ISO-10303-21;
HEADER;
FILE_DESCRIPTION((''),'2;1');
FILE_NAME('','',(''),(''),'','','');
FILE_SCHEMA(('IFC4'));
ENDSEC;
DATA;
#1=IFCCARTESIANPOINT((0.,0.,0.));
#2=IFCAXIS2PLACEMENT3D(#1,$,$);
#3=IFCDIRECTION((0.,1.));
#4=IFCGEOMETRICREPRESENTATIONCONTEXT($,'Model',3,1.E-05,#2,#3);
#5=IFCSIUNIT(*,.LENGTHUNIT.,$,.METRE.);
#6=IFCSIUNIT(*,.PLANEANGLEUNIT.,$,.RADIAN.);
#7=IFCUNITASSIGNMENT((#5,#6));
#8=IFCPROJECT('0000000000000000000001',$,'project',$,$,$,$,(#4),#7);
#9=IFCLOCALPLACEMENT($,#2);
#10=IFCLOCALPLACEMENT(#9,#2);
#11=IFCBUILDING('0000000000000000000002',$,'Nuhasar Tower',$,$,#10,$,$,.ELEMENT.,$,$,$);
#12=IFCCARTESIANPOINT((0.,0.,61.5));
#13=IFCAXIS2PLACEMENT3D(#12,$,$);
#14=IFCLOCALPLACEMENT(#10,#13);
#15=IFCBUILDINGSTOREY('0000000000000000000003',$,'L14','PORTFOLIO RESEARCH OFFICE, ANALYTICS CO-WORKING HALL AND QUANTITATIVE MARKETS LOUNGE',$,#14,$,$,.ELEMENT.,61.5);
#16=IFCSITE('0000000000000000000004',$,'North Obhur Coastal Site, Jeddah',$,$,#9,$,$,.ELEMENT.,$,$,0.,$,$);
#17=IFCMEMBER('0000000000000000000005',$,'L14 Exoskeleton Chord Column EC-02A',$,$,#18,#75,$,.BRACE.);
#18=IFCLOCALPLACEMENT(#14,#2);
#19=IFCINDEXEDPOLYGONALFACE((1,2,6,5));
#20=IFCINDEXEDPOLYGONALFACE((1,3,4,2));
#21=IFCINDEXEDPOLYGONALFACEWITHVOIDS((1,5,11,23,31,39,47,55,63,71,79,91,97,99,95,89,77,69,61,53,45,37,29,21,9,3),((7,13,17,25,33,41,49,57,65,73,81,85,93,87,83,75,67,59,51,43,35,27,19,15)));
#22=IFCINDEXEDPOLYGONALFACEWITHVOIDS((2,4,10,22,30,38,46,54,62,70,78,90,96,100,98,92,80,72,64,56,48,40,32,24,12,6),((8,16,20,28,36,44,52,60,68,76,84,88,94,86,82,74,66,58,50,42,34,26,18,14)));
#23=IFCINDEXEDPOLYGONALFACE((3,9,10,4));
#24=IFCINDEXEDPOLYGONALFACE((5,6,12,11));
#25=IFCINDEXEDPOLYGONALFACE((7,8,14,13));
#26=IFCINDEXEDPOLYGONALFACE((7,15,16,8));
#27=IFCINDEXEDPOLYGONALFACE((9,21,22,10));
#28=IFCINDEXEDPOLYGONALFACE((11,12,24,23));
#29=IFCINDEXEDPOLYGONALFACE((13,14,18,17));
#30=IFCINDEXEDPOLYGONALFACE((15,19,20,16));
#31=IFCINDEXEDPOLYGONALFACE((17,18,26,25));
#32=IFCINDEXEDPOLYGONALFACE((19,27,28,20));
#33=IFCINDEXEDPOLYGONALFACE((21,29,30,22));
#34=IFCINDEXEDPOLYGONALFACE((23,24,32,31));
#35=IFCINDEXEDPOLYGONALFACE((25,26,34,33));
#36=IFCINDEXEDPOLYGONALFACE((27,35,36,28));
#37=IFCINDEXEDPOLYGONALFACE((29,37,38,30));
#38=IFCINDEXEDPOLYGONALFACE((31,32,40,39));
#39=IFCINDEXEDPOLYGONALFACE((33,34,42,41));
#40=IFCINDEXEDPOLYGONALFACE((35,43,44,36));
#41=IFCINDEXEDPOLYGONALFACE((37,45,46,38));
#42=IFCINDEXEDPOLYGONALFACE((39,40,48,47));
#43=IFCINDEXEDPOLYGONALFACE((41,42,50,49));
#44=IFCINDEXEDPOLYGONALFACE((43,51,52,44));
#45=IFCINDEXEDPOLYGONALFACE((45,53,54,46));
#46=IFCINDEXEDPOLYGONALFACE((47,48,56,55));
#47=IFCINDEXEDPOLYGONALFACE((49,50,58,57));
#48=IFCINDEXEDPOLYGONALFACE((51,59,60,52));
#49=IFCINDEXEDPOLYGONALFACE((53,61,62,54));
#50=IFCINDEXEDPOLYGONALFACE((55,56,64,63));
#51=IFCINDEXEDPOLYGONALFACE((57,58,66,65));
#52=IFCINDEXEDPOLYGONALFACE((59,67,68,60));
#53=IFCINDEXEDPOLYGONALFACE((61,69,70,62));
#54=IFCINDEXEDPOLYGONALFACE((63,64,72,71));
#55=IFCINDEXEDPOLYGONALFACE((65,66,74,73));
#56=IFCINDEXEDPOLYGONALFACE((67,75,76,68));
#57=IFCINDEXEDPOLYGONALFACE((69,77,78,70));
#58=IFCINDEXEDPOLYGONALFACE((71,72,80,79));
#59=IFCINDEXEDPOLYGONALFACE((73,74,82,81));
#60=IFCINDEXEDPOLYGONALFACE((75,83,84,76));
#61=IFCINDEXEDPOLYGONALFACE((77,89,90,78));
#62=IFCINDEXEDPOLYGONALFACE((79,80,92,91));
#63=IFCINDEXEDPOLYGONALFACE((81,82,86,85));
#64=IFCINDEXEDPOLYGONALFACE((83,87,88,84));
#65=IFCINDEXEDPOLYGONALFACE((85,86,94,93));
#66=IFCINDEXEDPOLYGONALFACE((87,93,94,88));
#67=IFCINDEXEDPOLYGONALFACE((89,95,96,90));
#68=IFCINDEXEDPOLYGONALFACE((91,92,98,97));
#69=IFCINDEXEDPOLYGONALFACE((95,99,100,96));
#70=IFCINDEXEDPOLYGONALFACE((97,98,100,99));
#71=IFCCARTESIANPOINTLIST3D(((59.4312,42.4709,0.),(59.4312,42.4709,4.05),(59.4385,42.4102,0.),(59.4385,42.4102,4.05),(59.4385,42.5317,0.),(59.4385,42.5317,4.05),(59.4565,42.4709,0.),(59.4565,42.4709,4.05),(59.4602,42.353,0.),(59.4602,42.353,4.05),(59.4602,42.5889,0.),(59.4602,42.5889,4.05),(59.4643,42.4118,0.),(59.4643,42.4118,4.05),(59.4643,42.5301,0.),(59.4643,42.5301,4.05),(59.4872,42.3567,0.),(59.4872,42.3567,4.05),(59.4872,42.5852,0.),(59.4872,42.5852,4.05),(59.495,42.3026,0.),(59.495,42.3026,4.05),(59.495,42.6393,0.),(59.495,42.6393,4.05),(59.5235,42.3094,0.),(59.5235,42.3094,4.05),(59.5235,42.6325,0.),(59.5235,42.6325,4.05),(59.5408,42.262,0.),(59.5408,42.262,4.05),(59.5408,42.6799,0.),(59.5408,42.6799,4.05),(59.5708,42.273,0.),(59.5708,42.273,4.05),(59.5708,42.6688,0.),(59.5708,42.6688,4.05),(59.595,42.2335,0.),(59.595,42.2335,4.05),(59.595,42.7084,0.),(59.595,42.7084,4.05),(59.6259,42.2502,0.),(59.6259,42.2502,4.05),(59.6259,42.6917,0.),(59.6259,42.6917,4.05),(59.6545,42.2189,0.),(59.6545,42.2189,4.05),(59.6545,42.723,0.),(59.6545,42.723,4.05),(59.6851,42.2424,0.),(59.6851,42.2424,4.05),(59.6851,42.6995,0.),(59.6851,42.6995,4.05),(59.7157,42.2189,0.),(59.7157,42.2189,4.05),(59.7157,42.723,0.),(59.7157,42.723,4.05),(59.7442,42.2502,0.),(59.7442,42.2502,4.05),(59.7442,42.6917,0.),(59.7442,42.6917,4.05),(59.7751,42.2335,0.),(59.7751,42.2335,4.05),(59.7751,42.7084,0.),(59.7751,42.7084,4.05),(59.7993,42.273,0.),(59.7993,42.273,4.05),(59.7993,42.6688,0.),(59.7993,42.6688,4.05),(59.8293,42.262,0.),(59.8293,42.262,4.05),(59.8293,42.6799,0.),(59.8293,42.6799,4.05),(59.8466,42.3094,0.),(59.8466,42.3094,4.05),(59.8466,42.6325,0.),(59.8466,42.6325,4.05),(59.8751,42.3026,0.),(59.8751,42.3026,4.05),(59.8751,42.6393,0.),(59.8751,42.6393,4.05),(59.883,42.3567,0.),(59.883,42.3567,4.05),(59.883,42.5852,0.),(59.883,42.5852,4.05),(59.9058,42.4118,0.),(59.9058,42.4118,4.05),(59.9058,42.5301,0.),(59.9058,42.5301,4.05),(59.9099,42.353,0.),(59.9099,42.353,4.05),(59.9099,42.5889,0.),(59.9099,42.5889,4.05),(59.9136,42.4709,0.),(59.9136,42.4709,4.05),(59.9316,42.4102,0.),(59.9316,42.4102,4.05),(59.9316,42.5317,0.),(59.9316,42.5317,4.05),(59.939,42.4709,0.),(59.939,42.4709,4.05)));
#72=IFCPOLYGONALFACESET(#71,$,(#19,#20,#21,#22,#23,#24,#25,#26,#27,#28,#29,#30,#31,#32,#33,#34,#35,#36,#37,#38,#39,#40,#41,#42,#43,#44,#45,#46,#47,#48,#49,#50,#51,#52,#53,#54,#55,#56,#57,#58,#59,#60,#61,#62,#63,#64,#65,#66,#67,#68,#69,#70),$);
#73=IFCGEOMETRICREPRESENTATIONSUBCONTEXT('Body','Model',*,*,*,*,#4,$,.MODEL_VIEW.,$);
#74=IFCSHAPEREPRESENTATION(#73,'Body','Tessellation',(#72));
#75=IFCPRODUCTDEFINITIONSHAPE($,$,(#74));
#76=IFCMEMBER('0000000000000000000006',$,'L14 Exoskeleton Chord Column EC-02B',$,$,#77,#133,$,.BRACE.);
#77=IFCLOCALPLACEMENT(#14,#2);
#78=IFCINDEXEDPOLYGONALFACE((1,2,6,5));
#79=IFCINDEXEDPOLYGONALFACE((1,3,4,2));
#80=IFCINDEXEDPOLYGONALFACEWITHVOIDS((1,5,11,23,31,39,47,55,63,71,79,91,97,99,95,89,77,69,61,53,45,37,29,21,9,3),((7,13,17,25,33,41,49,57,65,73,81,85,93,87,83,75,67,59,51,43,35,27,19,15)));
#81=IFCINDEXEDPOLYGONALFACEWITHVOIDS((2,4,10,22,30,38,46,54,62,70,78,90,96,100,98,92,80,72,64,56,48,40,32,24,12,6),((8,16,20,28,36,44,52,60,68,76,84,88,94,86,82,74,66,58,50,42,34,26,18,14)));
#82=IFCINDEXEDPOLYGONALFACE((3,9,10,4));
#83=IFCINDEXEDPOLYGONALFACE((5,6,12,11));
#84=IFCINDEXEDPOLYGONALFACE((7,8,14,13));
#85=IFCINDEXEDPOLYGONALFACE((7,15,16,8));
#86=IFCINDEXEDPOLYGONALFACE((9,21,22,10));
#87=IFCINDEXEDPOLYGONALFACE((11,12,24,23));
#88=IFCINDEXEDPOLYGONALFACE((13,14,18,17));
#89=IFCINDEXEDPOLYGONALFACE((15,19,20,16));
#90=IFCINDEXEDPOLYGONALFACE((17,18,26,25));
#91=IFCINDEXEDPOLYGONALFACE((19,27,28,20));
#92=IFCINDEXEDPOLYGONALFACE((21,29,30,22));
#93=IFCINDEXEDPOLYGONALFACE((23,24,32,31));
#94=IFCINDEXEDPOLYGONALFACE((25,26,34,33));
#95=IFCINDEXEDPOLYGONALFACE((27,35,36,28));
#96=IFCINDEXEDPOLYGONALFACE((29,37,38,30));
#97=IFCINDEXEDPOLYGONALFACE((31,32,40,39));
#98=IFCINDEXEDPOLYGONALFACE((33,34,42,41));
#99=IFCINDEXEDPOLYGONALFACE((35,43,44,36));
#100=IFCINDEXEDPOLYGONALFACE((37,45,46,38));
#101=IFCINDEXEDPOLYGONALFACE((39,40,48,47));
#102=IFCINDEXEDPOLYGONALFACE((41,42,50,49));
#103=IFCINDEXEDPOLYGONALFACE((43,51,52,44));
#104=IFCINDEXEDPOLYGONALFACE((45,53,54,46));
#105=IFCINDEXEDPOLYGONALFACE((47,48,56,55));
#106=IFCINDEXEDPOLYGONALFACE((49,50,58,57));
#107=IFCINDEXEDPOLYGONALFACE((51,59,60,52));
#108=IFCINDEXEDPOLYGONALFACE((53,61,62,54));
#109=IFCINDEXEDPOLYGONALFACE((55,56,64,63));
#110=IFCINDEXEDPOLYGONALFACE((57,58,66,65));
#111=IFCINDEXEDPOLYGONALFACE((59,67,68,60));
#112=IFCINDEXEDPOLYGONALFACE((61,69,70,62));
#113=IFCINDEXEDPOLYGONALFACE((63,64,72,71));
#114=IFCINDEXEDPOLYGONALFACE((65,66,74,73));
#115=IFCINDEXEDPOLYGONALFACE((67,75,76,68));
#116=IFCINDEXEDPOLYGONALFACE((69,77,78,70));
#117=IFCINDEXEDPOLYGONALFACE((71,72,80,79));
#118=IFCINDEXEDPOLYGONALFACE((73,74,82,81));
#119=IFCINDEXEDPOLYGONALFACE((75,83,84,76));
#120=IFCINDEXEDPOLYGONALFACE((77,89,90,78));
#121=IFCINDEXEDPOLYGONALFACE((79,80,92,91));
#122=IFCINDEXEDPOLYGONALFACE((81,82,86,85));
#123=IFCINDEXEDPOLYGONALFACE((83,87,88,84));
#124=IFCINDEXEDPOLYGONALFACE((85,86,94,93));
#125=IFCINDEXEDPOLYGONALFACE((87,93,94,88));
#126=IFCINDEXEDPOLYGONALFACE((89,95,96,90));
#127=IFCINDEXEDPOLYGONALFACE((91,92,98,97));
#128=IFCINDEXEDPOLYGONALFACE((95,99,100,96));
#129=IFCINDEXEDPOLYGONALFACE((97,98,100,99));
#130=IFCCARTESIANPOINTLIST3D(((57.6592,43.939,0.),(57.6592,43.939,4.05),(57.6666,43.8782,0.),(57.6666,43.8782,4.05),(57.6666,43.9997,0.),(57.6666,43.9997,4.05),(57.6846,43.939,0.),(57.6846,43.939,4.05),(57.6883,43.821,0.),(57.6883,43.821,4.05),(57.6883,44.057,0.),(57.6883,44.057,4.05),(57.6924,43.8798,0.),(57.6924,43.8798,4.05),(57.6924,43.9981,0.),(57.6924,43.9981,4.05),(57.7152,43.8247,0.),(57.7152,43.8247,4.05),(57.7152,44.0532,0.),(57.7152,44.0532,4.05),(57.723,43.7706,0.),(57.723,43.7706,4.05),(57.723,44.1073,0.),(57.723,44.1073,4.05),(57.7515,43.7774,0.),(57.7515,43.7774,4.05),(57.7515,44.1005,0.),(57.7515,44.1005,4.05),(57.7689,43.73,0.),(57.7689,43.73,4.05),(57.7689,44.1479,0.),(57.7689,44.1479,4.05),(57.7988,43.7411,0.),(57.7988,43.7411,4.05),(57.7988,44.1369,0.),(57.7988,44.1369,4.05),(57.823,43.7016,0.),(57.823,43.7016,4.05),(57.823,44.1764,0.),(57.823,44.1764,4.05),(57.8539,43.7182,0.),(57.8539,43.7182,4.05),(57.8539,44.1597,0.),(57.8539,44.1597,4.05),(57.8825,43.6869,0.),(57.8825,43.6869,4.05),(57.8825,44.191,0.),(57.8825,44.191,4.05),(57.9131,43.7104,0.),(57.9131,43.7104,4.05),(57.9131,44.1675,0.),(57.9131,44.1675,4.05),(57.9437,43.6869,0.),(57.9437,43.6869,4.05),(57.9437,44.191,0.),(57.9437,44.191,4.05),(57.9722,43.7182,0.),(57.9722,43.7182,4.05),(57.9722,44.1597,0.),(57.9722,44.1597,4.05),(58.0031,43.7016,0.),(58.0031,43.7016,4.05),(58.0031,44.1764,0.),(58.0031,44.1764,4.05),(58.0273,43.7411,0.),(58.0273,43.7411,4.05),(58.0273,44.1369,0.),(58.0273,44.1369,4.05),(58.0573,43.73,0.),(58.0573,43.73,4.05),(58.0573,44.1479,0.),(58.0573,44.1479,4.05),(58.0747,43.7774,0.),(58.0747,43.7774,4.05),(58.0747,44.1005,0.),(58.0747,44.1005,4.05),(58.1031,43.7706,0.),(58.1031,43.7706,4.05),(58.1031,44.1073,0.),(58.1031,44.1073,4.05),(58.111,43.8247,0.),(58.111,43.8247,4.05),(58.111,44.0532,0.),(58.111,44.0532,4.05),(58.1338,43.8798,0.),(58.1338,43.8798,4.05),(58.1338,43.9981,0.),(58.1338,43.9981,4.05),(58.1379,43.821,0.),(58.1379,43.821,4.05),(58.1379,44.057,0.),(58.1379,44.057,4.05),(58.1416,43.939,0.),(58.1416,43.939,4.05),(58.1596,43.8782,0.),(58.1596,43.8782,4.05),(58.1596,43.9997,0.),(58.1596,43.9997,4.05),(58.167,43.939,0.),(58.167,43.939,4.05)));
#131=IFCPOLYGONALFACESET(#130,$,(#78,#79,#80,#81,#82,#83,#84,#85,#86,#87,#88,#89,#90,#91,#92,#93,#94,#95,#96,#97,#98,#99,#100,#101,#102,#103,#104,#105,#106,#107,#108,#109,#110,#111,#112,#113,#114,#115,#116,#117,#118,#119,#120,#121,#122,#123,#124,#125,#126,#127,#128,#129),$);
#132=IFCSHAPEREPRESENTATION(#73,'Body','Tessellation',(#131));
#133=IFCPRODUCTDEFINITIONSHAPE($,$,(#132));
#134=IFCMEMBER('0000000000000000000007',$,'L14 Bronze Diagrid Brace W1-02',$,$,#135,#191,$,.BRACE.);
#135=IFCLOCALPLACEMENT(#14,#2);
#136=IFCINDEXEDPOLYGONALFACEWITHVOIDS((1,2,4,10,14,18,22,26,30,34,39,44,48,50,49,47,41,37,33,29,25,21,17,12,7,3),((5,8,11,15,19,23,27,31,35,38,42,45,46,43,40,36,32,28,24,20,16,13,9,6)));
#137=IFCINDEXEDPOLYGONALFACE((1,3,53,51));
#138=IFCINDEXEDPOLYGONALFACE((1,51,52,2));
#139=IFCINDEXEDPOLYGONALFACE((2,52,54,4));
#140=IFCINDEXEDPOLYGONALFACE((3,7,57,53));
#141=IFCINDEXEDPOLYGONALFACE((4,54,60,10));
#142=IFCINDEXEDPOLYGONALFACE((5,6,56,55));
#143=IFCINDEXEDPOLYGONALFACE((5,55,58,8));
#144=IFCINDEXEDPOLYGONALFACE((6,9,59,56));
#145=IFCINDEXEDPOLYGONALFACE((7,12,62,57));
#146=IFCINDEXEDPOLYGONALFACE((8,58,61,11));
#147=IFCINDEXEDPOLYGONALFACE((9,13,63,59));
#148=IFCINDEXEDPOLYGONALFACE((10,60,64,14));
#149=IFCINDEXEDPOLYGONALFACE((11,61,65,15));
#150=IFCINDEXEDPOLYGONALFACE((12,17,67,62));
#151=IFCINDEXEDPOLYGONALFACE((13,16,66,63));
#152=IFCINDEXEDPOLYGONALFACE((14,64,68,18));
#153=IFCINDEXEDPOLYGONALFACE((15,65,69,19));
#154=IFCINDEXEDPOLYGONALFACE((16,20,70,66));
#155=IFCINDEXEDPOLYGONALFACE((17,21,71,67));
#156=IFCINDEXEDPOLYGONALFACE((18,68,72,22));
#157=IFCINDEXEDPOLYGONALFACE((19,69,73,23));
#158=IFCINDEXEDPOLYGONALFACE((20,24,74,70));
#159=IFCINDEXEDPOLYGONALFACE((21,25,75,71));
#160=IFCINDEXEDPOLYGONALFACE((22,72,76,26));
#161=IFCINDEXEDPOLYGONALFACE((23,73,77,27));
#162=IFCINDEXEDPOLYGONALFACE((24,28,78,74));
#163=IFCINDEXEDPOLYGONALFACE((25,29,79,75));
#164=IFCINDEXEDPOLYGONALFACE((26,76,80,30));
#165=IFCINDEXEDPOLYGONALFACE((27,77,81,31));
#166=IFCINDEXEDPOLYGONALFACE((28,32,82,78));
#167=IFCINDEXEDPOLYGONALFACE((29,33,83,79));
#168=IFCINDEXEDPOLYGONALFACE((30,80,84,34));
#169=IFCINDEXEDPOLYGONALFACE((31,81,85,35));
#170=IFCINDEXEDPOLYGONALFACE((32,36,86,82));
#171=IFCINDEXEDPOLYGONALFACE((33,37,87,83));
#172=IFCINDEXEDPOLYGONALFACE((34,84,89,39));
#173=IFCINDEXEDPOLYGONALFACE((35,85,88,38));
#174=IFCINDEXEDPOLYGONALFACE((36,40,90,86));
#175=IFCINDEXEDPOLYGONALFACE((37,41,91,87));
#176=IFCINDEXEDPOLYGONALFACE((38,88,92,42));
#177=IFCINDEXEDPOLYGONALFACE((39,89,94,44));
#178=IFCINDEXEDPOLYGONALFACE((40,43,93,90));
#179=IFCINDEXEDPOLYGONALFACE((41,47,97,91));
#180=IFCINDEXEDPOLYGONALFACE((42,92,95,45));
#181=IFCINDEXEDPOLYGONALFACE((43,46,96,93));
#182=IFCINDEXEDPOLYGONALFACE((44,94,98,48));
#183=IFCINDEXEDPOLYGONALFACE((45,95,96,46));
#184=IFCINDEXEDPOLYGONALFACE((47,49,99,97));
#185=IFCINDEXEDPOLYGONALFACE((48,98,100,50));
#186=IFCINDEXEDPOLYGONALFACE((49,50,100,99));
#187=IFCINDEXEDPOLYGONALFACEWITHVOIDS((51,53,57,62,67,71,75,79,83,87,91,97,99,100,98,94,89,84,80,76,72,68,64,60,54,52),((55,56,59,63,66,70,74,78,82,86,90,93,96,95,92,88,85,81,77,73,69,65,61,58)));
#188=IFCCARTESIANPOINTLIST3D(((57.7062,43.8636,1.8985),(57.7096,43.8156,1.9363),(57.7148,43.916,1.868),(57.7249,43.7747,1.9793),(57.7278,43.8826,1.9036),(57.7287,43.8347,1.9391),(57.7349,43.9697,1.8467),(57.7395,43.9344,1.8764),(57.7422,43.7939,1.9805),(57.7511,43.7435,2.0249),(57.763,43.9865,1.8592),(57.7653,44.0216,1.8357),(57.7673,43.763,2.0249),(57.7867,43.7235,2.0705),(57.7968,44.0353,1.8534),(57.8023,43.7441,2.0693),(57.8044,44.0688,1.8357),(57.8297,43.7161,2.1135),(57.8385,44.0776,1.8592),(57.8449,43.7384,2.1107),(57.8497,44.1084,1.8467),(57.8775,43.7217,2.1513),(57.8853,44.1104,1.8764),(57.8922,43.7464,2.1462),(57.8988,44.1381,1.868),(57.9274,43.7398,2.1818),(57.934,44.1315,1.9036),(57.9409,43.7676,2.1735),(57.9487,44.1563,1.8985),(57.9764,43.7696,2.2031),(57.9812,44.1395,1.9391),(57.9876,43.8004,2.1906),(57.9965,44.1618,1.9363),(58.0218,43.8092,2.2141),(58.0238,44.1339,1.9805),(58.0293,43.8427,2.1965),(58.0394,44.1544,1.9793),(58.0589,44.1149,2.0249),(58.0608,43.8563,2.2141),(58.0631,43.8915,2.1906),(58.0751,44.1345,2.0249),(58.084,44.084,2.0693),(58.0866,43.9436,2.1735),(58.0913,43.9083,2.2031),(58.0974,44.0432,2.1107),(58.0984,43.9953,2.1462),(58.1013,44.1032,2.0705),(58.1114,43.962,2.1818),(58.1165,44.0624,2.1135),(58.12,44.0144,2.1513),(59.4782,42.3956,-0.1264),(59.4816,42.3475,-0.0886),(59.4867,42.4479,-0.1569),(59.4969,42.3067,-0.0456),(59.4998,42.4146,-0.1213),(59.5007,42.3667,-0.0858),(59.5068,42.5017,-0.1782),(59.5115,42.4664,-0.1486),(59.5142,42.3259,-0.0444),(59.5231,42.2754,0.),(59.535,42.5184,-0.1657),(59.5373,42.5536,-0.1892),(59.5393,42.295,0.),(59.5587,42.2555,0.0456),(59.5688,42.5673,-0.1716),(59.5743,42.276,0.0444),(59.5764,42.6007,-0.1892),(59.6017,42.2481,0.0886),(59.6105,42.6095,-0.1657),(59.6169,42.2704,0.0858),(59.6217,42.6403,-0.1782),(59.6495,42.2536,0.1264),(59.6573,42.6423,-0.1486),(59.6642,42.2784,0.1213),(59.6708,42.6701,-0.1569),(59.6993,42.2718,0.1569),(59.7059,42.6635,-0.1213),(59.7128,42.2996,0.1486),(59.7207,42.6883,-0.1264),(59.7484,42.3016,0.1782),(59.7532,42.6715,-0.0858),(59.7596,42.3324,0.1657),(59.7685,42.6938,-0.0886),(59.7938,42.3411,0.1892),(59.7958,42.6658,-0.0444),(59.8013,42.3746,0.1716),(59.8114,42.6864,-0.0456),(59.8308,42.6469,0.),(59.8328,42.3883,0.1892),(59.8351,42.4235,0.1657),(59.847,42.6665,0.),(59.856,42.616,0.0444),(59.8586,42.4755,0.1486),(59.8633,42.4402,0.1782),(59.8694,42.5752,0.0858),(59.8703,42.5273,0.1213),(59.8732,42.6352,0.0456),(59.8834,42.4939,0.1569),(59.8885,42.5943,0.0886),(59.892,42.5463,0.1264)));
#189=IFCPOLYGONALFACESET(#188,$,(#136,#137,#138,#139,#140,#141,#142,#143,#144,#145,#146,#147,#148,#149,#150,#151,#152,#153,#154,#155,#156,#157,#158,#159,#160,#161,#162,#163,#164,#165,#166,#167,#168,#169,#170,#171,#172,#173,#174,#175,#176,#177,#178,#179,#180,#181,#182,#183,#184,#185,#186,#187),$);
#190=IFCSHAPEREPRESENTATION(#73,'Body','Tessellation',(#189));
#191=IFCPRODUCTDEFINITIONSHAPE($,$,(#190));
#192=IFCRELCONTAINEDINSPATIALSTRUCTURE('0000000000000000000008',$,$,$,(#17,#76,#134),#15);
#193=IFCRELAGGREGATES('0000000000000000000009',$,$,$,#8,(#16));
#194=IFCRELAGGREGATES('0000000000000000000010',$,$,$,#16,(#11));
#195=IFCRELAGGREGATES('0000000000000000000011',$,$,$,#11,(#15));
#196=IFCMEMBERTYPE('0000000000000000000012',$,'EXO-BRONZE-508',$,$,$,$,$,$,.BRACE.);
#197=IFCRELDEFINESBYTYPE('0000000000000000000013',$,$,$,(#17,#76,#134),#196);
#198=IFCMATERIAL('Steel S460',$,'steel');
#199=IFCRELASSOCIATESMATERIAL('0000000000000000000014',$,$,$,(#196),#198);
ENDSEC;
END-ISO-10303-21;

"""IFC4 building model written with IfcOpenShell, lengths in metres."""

from ifc_helpers import new_model, si_unit, direction, frame, origin, origin_2d, place, context, subcontext, project, spatial, hollow_circle, extrude, material, material_profile, profile_set, type_object, element, save


model = new_model("IFC4")

# Units and contexts
model_context = context("Model", 3, precision=1e-05, world=origin(), true_north=direction((0.0, 1.0)))
body_context = subcontext(model_context, "Body", "Model", "MODEL_VIEW")
ifc_project = project(units=[si_unit("LENGTHUNIT", "METRE"), si_unit("PLANEANGLEUNIT", "RADIAN")], contexts=[model_context])

# Site, building, storey
site_placement = place(None, origin())
site = spatial("IfcSite", under=ifc_project, at=site_placement, Name="North Obhur Coastal Site, Jeddah", CompositionType="ELEMENT", RefElevation=0.0)
building_placement = place(site_placement, origin())
building = spatial("IfcBuilding", under=site, at=building_placement, Name="Nuhasar Tower", CompositionType="ELEMENT")
storey_placement = place(building_placement, frame((0.0, 0.0, 61.5)))
storey = spatial("IfcBuildingStorey", under=building, at=storey_placement, Name="L14", Description="PORTFOLIO RESEARCH OFFICE, ANALYTICS CO-WORKING HALL AND QUANTITATIVE MARKETS LOUNGE", CompositionType="ELEMENT", Elevation=61.5)

# Members
ifc_material_1 = material(Name="Steel S460", Category="steel")
ifc_material_profile_1 = material_profile(ifc_material_1, hollow_circle(Radius=0.2539, WallThickness=0.0254, at=origin_2d()), Name="HSS508X25.4")
ifc_profile_set_1 = profile_set([ifc_material_profile_1], Name="Steel S460")
member_type_1 = type_object("IfcMemberType", Name="EXO-BRONZE-508", PredefinedType="BRACE", material=ifc_profile_set_1)
for number, where, z_axis, x_axis, name in (
    (1, (59.6851, 42.4709, 0.0), (0.0, 0.0, 1.0), (1.0, 0.0, 0.0), "L14 Exoskeleton Chord Column EC-02A"),
    (2, (57.9131, 43.939, 0.0), (0.0, 0.0, 1.0), (1.0, 0.0, 0.0), "L14 Exoskeleton Chord Column EC-02B"),
):
    element("IfcMember", number, at=place(storey_placement, frame(where, z_axis=z_axis, x_axis=x_axis)), inside=storey, type_object=member_type_1, Name=name, PredefinedType="BRACE", context=body_context, shape_type="SweptSolid", body=[
        extrude(hollow_circle(Radius=0.2539, WallThickness=0.0254, at=origin_2d()), origin(), (0.0, 0.0, 1.0), 4.05),
    ])
member_1_placement = place(storey_placement, frame((59.6851, 42.4709, 0.0), z_axis=(-0.578102, 0.478937, 0.660619), x_axis=(-0.637969, -0.770062, 0.0)))
element("IfcMember", 3, at=member_1_placement, inside=storey, type_object=member_type_1, Name="L14 Bronze Diagrid Brace W1-02", PredefinedType="BRACE", context=body_context, shape_type="SweptSolid", body=[
    extrude(hollow_circle(Radius=0.2539, WallThickness=0.0254, at=origin_2d()), origin(), (0.0, 0.0, 1.0), 3.0652),
])

save(model, "model.ifc")
